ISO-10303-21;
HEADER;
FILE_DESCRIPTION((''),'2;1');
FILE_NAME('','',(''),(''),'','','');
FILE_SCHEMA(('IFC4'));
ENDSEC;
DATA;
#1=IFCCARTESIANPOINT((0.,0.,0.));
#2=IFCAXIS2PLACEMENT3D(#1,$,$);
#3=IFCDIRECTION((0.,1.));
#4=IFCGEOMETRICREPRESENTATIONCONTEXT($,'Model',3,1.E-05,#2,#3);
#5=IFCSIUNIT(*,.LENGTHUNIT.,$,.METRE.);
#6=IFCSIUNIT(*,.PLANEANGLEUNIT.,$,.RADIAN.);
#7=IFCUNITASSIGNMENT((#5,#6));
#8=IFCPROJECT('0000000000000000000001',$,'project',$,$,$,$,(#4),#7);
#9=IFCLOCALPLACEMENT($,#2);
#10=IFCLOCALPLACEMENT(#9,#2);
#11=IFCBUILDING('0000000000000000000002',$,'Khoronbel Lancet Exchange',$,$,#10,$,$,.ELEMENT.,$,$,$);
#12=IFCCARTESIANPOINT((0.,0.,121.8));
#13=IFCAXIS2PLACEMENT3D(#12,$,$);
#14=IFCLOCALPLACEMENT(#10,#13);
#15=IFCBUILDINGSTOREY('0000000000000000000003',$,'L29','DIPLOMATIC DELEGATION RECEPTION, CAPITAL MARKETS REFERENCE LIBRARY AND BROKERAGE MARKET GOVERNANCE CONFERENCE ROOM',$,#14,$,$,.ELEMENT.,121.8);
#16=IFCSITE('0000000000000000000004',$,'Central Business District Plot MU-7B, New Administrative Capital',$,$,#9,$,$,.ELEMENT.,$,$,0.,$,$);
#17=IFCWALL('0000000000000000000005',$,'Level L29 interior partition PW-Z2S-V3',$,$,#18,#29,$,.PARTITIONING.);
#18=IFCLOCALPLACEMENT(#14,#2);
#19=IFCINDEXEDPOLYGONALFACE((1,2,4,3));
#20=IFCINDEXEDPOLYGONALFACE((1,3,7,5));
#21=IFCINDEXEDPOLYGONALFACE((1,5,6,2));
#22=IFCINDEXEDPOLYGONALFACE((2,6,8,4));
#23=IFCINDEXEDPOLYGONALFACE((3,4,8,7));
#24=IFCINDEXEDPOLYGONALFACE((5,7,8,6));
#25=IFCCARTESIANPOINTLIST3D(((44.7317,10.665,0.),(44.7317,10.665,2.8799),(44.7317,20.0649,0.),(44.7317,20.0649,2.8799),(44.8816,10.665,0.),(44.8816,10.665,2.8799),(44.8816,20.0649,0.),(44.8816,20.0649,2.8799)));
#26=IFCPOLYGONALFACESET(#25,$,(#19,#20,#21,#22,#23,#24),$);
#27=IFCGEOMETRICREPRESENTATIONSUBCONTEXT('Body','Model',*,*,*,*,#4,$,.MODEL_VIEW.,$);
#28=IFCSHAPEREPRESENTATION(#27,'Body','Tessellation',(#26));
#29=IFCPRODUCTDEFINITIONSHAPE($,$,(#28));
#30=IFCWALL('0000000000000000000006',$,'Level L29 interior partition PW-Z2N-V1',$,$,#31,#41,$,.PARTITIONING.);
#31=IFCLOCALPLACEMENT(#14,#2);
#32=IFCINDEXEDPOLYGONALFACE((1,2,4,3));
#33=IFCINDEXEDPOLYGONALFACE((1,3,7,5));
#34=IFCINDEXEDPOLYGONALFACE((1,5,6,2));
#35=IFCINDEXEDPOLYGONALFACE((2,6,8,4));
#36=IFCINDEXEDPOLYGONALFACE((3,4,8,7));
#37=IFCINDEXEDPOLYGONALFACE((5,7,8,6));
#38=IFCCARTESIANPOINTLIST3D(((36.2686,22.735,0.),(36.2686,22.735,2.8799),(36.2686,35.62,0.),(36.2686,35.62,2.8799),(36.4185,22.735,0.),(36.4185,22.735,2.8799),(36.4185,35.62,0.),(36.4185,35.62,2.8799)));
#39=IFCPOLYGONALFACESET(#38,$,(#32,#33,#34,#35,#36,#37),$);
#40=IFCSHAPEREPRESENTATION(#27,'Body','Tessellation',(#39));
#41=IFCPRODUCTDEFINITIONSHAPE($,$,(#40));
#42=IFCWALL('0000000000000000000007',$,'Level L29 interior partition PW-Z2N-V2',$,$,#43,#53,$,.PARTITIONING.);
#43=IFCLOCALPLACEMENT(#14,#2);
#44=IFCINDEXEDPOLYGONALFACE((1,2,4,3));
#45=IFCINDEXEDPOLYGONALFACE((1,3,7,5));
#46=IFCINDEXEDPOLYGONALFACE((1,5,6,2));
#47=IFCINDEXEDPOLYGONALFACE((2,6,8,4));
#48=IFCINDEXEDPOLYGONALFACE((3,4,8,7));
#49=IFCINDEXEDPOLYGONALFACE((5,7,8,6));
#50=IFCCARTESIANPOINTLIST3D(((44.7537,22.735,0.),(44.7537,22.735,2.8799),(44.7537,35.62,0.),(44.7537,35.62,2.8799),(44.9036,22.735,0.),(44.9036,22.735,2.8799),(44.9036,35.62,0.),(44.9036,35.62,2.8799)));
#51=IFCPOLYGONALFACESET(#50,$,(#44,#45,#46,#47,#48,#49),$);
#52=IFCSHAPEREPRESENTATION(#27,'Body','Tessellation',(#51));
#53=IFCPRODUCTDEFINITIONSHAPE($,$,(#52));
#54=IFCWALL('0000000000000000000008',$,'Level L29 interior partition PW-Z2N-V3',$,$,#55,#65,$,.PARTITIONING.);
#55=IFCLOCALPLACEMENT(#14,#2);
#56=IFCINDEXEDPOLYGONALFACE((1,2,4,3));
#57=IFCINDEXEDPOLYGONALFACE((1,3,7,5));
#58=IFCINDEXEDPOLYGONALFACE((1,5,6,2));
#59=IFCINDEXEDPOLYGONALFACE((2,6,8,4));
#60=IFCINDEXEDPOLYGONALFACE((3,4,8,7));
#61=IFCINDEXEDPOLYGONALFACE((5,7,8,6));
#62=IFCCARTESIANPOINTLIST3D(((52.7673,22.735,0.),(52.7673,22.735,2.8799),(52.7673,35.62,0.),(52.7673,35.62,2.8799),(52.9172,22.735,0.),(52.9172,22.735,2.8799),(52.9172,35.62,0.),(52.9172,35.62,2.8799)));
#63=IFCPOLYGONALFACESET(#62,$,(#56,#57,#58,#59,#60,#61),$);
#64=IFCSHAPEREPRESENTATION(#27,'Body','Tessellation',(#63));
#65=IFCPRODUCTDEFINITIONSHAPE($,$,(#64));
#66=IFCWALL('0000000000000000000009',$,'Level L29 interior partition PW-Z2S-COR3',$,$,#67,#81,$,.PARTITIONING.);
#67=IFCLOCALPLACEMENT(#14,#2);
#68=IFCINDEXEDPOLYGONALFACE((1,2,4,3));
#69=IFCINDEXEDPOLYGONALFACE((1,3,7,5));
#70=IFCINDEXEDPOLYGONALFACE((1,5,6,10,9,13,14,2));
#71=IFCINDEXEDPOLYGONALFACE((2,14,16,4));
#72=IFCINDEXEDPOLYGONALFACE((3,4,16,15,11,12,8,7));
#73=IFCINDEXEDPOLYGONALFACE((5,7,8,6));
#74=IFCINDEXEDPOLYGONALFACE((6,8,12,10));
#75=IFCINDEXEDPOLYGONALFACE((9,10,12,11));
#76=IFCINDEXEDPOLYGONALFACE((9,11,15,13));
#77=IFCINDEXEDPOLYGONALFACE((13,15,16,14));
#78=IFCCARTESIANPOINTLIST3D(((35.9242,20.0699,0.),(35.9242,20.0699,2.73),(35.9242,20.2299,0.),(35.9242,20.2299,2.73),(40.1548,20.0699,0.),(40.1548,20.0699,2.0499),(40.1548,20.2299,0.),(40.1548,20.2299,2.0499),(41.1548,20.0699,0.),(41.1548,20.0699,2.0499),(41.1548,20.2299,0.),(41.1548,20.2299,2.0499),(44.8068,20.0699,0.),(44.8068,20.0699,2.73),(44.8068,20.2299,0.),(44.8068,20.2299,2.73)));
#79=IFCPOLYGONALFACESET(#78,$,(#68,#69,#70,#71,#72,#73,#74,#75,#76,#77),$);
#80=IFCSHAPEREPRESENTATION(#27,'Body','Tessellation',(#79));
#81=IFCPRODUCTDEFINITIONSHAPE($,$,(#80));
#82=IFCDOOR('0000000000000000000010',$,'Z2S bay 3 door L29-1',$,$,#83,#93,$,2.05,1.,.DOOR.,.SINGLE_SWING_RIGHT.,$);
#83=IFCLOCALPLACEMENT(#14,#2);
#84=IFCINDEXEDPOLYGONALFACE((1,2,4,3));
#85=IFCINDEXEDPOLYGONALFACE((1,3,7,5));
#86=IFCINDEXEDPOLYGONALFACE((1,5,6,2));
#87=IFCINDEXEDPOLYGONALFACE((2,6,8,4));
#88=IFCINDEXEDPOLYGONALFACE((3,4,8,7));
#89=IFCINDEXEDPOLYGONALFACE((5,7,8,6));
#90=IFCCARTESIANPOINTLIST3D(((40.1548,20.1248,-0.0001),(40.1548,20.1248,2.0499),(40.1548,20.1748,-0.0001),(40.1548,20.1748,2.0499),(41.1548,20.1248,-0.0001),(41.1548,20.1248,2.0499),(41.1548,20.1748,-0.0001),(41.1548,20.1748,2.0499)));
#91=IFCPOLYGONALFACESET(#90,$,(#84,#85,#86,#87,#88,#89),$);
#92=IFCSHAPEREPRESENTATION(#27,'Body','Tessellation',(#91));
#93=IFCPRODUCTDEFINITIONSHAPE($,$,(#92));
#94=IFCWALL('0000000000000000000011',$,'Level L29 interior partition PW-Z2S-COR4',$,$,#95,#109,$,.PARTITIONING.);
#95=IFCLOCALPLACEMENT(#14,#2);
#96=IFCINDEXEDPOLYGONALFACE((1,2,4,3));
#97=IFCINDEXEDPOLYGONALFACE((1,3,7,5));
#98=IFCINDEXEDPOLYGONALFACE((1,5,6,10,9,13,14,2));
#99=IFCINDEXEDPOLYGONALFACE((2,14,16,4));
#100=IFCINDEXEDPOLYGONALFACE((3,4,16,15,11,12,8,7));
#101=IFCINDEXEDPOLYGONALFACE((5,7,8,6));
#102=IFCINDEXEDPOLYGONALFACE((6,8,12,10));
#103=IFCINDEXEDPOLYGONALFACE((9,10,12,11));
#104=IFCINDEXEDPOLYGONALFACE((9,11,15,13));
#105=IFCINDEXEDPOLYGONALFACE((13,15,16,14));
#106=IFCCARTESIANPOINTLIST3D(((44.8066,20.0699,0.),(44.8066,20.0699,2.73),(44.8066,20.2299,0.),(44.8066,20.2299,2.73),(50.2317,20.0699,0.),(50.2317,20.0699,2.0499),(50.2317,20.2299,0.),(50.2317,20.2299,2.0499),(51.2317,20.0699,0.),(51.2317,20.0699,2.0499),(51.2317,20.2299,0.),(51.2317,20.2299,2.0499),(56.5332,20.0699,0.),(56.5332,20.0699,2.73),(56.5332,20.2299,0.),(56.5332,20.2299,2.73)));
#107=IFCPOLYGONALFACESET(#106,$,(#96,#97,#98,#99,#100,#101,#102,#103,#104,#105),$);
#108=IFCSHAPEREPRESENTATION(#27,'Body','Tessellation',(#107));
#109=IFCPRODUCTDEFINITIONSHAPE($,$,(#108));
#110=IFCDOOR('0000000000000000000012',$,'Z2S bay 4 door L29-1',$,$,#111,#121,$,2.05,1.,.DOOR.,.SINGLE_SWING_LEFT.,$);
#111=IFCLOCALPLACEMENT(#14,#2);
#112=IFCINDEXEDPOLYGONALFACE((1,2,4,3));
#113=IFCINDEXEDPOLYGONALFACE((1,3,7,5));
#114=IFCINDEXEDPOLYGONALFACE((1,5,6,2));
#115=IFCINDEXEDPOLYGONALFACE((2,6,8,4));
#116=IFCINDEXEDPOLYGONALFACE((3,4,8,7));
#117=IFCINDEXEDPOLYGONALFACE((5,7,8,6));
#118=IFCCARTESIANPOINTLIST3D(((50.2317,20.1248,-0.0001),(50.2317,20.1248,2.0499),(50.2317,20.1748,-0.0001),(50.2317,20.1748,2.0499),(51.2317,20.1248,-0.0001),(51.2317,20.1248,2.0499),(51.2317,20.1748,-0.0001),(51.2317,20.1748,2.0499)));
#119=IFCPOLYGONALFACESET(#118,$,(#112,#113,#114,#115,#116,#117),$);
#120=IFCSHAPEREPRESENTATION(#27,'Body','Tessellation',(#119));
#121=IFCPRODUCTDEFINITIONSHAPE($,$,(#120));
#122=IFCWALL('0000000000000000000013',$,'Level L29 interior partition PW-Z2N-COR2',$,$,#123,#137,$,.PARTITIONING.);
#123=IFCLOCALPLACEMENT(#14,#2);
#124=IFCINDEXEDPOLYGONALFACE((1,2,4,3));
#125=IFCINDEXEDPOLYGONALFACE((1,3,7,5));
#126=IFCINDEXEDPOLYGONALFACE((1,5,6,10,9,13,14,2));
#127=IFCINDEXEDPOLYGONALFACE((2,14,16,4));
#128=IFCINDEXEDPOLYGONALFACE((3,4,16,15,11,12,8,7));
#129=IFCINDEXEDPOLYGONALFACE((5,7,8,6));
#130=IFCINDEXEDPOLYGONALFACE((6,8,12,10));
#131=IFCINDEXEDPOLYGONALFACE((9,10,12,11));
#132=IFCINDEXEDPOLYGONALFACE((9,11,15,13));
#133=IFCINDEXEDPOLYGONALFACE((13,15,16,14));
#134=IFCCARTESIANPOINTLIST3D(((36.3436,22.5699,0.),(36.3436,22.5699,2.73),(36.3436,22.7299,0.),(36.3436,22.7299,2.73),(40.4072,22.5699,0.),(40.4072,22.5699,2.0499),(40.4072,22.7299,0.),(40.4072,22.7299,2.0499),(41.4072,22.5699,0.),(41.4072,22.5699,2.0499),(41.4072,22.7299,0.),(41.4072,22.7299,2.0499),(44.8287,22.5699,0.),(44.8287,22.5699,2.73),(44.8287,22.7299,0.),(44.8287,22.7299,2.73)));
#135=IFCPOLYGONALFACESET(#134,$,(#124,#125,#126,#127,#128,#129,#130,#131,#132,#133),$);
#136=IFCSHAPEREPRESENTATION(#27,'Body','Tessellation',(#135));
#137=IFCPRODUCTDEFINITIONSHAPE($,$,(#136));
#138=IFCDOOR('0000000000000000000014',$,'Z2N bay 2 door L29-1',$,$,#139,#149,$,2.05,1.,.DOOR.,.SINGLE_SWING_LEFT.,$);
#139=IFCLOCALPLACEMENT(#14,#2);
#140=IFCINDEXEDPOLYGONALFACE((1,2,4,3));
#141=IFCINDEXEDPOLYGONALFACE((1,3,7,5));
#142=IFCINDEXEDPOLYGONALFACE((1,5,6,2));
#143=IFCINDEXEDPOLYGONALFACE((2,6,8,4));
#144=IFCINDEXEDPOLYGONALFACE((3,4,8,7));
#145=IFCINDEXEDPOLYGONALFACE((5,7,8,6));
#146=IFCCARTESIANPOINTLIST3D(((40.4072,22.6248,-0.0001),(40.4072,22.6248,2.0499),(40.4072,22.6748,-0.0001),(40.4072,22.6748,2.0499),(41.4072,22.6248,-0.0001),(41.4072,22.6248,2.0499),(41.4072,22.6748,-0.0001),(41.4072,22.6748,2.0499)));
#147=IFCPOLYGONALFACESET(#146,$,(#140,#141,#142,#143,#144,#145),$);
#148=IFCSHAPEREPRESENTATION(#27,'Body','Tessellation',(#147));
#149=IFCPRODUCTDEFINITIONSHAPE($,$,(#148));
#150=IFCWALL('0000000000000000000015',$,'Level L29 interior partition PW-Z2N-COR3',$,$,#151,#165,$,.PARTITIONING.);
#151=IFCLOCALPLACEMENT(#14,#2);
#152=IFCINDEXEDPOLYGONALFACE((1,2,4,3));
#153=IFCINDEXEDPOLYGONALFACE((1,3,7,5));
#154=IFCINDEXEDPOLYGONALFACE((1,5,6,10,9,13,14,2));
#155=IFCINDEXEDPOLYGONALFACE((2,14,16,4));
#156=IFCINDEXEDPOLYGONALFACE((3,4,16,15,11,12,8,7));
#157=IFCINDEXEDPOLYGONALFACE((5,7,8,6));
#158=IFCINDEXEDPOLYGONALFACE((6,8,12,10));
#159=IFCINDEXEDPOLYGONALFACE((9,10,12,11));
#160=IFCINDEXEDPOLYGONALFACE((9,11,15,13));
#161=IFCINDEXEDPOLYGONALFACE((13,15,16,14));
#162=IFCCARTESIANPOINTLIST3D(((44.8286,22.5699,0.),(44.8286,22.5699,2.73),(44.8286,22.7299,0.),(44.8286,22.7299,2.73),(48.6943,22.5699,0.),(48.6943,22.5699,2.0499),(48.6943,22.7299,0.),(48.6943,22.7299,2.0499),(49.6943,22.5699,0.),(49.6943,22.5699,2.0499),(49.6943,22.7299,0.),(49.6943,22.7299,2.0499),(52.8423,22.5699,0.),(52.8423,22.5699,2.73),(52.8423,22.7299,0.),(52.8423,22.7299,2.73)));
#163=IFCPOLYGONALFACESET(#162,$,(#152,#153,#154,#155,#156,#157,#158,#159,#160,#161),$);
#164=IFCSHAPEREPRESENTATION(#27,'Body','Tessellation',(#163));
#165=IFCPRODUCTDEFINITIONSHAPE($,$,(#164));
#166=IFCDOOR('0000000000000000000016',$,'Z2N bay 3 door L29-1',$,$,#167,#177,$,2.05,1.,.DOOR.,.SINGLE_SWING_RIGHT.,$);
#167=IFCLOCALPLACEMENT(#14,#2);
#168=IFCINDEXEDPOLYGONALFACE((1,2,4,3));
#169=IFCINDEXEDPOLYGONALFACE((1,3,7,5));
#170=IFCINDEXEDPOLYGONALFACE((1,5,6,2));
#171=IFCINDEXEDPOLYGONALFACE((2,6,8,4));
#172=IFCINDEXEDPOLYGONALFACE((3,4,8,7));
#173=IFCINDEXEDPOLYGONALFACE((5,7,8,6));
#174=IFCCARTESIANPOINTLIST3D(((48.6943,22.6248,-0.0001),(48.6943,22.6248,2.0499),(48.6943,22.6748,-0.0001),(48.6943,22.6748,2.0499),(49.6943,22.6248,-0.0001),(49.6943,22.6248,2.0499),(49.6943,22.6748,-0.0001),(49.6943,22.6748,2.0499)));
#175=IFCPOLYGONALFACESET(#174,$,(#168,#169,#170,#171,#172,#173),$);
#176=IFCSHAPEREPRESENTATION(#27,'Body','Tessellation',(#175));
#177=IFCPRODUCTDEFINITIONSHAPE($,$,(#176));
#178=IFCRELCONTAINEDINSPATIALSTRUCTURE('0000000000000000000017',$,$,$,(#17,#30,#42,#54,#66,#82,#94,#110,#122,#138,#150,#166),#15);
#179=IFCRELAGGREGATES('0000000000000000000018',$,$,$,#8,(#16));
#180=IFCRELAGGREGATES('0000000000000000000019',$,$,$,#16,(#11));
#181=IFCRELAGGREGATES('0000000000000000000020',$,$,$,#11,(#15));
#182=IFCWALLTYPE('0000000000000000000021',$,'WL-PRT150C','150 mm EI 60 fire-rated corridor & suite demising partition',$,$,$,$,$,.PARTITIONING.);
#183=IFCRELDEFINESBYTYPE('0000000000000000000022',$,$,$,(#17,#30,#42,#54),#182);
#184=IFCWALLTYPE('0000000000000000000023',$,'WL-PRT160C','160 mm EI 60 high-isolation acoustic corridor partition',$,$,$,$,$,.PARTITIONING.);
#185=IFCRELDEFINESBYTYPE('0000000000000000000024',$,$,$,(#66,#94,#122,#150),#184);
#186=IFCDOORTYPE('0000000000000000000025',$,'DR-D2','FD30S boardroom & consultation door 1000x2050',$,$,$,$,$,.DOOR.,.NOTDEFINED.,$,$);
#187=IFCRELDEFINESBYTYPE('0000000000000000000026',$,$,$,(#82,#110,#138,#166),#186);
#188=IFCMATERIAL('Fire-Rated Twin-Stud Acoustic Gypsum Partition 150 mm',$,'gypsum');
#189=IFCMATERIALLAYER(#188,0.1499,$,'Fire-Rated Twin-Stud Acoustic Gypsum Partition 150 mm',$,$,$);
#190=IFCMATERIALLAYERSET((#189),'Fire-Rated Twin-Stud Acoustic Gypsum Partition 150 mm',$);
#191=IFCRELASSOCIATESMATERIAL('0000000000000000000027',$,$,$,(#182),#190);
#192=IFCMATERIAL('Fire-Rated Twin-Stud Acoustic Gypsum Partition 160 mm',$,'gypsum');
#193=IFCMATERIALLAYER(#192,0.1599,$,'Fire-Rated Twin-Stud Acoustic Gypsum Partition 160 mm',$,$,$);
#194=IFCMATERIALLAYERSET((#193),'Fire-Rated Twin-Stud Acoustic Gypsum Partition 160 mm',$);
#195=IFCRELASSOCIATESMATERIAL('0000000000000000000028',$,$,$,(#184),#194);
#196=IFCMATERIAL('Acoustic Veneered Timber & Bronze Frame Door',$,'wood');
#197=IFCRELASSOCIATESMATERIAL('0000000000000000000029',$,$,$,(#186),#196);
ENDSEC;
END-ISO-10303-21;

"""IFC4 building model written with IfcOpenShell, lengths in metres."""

from ifc_helpers import new_model, si_unit, direction, frame, frame_2d, origin, place, context, subcontext, project, spatial, rectangle, extrude, material, layer, layer_set, type_object, element, fill, save


model = new_model("IFC4")

# Units and contexts
model_context = context("Model", 3, precision=1e-05, world=origin(), true_north=direction((0.0, 1.0)))
body_context = subcontext(model_context, "Body", "Model", "MODEL_VIEW")
ifc_project = project(units=[si_unit("LENGTHUNIT", "METRE"), si_unit("PLANEANGLEUNIT", "RADIAN")], contexts=[model_context])

# Site, building, storey
site_placement = place(None, origin())
site = spatial("IfcSite", under=ifc_project, at=site_placement, Name="Central Business District Plot MU-7B, New Administrative Capital", CompositionType="ELEMENT", RefElevation=0.0)
building_placement = place(site_placement, origin())
building = spatial("IfcBuilding", under=site, at=building_placement, Name="Khoronbel Lancet Exchange", CompositionType="ELEMENT")
storey_placement = place(building_placement, frame((0.0, 0.0, 121.8)))
storey = spatial("IfcBuildingStorey", under=building, at=storey_placement, Name="L29", Description="DIPLOMATIC DELEGATION RECEPTION, CAPITAL MARKETS REFERENCE LIBRARY AND BROKERAGE MARKET GOVERNANCE CONFERENCE ROOM", CompositionType="ELEMENT", Elevation=121.8)

# Walls
ifc_material_1 = material(Name="Fire-Rated Twin-Stud Acoustic Gypsum Partition 150 mm", Category="gypsum")
ifc_layer_1 = layer(ifc_material_1, 0.1499, Name="Fire-Rated Twin-Stud Acoustic Gypsum Partition 150 mm")
ifc_layer_set_1 = layer_set([ifc_layer_1], Name="Fire-Rated Twin-Stud Acoustic Gypsum Partition 150 mm")
wall_type_1 = type_object("IfcWallType", Name="WL-PRT150C", Description="150 mm EI 60 fire-rated corridor & suite demising partition", PredefinedType="PARTITIONING", material=ifc_layer_set_1)
for number, where, z_axis, x_axis, name in (
    (1, (44.8066, 10.665, 0.0), (0.0, 0.0, 1.0), (0.0, 1.0, 0.0), "Level L29 interior partition PW-Z2S-V3"),
):
    element("IfcWall", number, at=place(storey_placement, frame(where, z_axis=z_axis, x_axis=x_axis)), inside=storey, type_object=wall_type_1, Name=name, PredefinedType="PARTITIONING", context=body_context, shape_type="SweptSolid", body=[
        extrude(rectangle(XDim=9.3999, YDim=0.1499, at=frame_2d((4.7, 0.0))), origin(), (0.0, 0.0, 1.0), 2.8799),
    ])
for number, where, z_axis, x_axis, name in (
    (2, (36.3435, 22.7351, 0.0), (0.0, 0.0, 1.0), (0.0, 1.0, 0.0), "Level L29 interior partition PW-Z2N-V1"),
    (3, (44.8286, 22.7351, 0.0), (0.0, 0.0, 1.0), (0.0, 1.0, 0.0), "Level L29 interior partition PW-Z2N-V2"),
    (4, (52.8423, 22.7351, 0.0), (0.0, 0.0, 1.0), (0.0, 1.0, 0.0), "Level L29 interior partition PW-Z2N-V3"),
):
    element("IfcWall", number, at=place(storey_placement, frame(where, z_axis=z_axis, x_axis=x_axis)), inside=storey, type_object=wall_type_1, Name=name, PredefinedType="PARTITIONING", context=body_context, shape_type="SweptSolid", body=[
        extrude(rectangle(XDim=12.885, YDim=0.1499, at=frame_2d((6.4424, 0.0))), origin(), (0.0, 0.0, 1.0), 2.8799),
    ])

# Walls, openings, doors
ifc_material_2 = material(Name="Fire-Rated Twin-Stud Acoustic Gypsum Partition 160 mm", Category="gypsum")
ifc_layer_2 = layer(ifc_material_2, 0.1599, Name="Fire-Rated Twin-Stud Acoustic Gypsum Partition 160 mm")
ifc_layer_set_2 = layer_set([ifc_layer_2], Name="Fire-Rated Twin-Stud Acoustic Gypsum Partition 160 mm")
wall_type_2 = type_object("IfcWallType", Name="WL-PRT160C", Description="160 mm EI 60 high-isolation acoustic corridor partition", PredefinedType="PARTITIONING", material=ifc_layer_set_2)
wall_1_placement = place(storey_placement, frame((35.9241, 20.1499, 0.0), z_axis=(0.0, 0.0, 1.0), x_axis=(1.0, 0.0, 0.0)))
wall_1 = element("IfcWall", 5, at=wall_1_placement, inside=storey, type_object=wall_type_2, Name="Level L29 interior partition PW-Z2S-COR3", PredefinedType="PARTITIONING", context=body_context, shape_type="SweptSolid", body=[
    extrude(rectangle(XDim=8.8826, YDim=0.1599, at=frame_2d((4.4414, 0.0))), origin(), (0.0, 0.0, 1.0), 2.73),
])
opening_1_placement = place(wall_1_placement, frame((4.2307, 0.0, 0.0)))
opening_1 = element("IfcOpeningElement", 6, at=opening_1_placement, cuts=wall_1, PredefinedType="OPENING", context=body_context, shape_type="SweptSolid", body=[
    extrude(rectangle(XDim=1.0, YDim=2.05, at=frame_2d((0.5, 1.0249))), frame((0.0, 0.0898, 0.0), z_axis=(0.0, -1.0, 0.0), x_axis=(1.0, 0.0, 0.0)), (0.0, 0.0, 1.0), 0.1799),
])
ifc_material_3 = material(Name="Acoustic Veneered Timber & Bronze Frame Door", Category="wood")
door_type_1 = type_object("IfcDoorType", Name="DR-D2", Description="FD30S boardroom & consultation door 1000x2050", OperationType="NOTDEFINED", PredefinedType="DOOR", material=ifc_material_3)
door_1_placement = place(opening_1_placement, origin())
door_1 = element("IfcDoor", 7, at=door_1_placement, inside=storey, type_object=door_type_1, Name="Z2S bay 3 door L29-1", OperationType="SINGLE_SWING_RIGHT", OverallHeight=2.05, OverallWidth=1.0, PredefinedType="DOOR", context=body_context, shape_type="SweptSolid", body=[
    extrude(rectangle(XDim=1.0, YDim=2.05, at=frame_2d((0.5, 1.0249))), frame((0.0, 0.0249, 0.0), z_axis=(0.0, -1.0, 0.0), x_axis=(1.0, 0.0, 0.0)), (0.0, 0.0, 1.0), 0.05),
])
fill(opening_1, door_1)
wall_2_placement = place(storey_placement, frame((44.8066, 20.1499, 0.0), z_axis=(0.0, 0.0, 1.0), x_axis=(1.0, 0.0, 0.0)))
wall_2 = element("IfcWall", 8, at=wall_2_placement, inside=storey, type_object=wall_type_2, Name="Level L29 interior partition PW-Z2S-COR4", PredefinedType="PARTITIONING", context=body_context, shape_type="SweptSolid", body=[
    extrude(rectangle(XDim=11.7266, YDim=0.1599, at=frame_2d((5.8633, 0.0))), origin(), (0.0, 0.0, 1.0), 2.73),
])
opening_2_placement = place(wall_2_placement, frame((5.425, 0.0, 0.0)))
opening_2 = element("IfcOpeningElement", 9, at=opening_2_placement, cuts=wall_2, PredefinedType="OPENING", context=body_context, shape_type="SweptSolid", body=[
    extrude(rectangle(XDim=1.0, YDim=2.05, at=frame_2d((0.5, 1.0249))), frame((0.0, 0.0898, 0.0), z_axis=(0.0, -1.0, 0.0), x_axis=(1.0, 0.0, 0.0)), (0.0, 0.0, 1.0), 0.1799),
])
door_2_placement = place(opening_2_placement, origin())
door_2 = element("IfcDoor", 10, at=door_2_placement, inside=storey, type_object=door_type_1, Name="Z2S bay 4 door L29-1", OperationType="SINGLE_SWING_LEFT", OverallHeight=2.05, OverallWidth=1.0, PredefinedType="DOOR", context=body_context, shape_type="SweptSolid", body=[
    extrude(rectangle(XDim=1.0, YDim=2.05, at=frame_2d((0.5, 1.0249))), frame((0.0, 0.0249, 0.0), z_axis=(0.0, -1.0, 0.0), x_axis=(1.0, 0.0, 0.0)), (0.0, 0.0, 1.0), 0.05),
])
fill(opening_2, door_2)
wall_3_placement = place(storey_placement, frame((36.3435, 22.6499, 0.0), z_axis=(0.0, 0.0, 1.0), x_axis=(1.0, 0.0, 0.0)))
wall_3 = element("IfcWall", 11, at=wall_3_placement, inside=storey, type_object=wall_type_2, Name="Level L29 interior partition PW-Z2N-COR2", PredefinedType="PARTITIONING", context=body_context, shape_type="SweptSolid", body=[
    extrude(rectangle(XDim=8.4851, YDim=0.1599, at=frame_2d((4.2427, 0.0))), origin(), (0.0, 0.0, 1.0), 2.73),
])
opening_3_placement = place(wall_3_placement, frame((4.0637, 0.0, 0.0)))
opening_3 = element("IfcOpeningElement", 12, at=opening_3_placement, cuts=wall_3, PredefinedType="OPENING", context=body_context, shape_type="SweptSolid", body=[
    extrude(rectangle(XDim=1.0, YDim=2.05, at=frame_2d((0.5, 1.0249))), frame((0.0, 0.0898, 0.0), z_axis=(0.0, -1.0, 0.0), x_axis=(1.0, 0.0, 0.0)), (0.0, 0.0, 1.0), 0.1799),
])
door_3_placement = place(opening_3_placement, origin())
door_3 = element("IfcDoor", 13, at=door_3_placement, inside=storey, type_object=door_type_1, Name="Z2N bay 2 door L29-1", OperationType="SINGLE_SWING_LEFT", OverallHeight=2.05, OverallWidth=1.0, PredefinedType="DOOR", context=body_context, shape_type="SweptSolid", body=[
    extrude(rectangle(XDim=1.0, YDim=2.05, at=frame_2d((0.5, 1.0249))), frame((0.0, 0.0249, 0.0), z_axis=(0.0, -1.0, 0.0), x_axis=(1.0, 0.0, 0.0)), (0.0, 0.0, 1.0), 0.05),
])
fill(opening_3, door_3)
wall_4_placement = place(storey_placement, frame((44.8286, 22.6499, 0.0), z_axis=(0.0, 0.0, 1.0), x_axis=(1.0, 0.0, 0.0)))
wall_4 = element("IfcWall", 14, at=wall_4_placement, inside=storey, type_object=wall_type_2, Name="Level L29 interior partition PW-Z2N-COR3", PredefinedType="PARTITIONING", context=body_context, shape_type="SweptSolid", body=[
    extrude(rectangle(XDim=8.0137, YDim=0.1599, at=frame_2d((4.0068, 0.0))), origin(), (0.0, 0.0, 1.0), 2.73),
])
opening_4_placement = place(wall_4_placement, frame((3.8657, 0.0, 0.0)))
opening_4 = element("IfcOpeningElement", 15, at=opening_4_placement, cuts=wall_4, PredefinedType="OPENING", context=body_context, shape_type="SweptSolid", body=[
    extrude(rectangle(XDim=1.0, YDim=2.05, at=frame_2d((0.5, 1.0249))), frame((0.0, 0.0898, 0.0), z_axis=(0.0, -1.0, 0.0), x_axis=(1.0, 0.0, 0.0)), (0.0, 0.0, 1.0), 0.1799),
])
door_4_placement = place(opening_4_placement, origin())
door_4 = element("IfcDoor", 16, at=door_4_placement, inside=storey, type_object=door_type_1, Name="Z2N bay 3 door L29-1", OperationType="SINGLE_SWING_RIGHT", OverallHeight=2.05, OverallWidth=1.0, PredefinedType="DOOR", context=body_context, shape_type="SweptSolid", body=[
    extrude(rectangle(XDim=1.0, YDim=2.05, at=frame_2d((0.5, 1.0249))), frame((0.0, 0.0249, 0.0), z_axis=(0.0, -1.0, 0.0), x_axis=(1.0, 0.0, 0.0)), (0.0, 0.0, 1.0), 0.05),
])
fill(opening_4, door_4)

save(model, "model.ifc")
